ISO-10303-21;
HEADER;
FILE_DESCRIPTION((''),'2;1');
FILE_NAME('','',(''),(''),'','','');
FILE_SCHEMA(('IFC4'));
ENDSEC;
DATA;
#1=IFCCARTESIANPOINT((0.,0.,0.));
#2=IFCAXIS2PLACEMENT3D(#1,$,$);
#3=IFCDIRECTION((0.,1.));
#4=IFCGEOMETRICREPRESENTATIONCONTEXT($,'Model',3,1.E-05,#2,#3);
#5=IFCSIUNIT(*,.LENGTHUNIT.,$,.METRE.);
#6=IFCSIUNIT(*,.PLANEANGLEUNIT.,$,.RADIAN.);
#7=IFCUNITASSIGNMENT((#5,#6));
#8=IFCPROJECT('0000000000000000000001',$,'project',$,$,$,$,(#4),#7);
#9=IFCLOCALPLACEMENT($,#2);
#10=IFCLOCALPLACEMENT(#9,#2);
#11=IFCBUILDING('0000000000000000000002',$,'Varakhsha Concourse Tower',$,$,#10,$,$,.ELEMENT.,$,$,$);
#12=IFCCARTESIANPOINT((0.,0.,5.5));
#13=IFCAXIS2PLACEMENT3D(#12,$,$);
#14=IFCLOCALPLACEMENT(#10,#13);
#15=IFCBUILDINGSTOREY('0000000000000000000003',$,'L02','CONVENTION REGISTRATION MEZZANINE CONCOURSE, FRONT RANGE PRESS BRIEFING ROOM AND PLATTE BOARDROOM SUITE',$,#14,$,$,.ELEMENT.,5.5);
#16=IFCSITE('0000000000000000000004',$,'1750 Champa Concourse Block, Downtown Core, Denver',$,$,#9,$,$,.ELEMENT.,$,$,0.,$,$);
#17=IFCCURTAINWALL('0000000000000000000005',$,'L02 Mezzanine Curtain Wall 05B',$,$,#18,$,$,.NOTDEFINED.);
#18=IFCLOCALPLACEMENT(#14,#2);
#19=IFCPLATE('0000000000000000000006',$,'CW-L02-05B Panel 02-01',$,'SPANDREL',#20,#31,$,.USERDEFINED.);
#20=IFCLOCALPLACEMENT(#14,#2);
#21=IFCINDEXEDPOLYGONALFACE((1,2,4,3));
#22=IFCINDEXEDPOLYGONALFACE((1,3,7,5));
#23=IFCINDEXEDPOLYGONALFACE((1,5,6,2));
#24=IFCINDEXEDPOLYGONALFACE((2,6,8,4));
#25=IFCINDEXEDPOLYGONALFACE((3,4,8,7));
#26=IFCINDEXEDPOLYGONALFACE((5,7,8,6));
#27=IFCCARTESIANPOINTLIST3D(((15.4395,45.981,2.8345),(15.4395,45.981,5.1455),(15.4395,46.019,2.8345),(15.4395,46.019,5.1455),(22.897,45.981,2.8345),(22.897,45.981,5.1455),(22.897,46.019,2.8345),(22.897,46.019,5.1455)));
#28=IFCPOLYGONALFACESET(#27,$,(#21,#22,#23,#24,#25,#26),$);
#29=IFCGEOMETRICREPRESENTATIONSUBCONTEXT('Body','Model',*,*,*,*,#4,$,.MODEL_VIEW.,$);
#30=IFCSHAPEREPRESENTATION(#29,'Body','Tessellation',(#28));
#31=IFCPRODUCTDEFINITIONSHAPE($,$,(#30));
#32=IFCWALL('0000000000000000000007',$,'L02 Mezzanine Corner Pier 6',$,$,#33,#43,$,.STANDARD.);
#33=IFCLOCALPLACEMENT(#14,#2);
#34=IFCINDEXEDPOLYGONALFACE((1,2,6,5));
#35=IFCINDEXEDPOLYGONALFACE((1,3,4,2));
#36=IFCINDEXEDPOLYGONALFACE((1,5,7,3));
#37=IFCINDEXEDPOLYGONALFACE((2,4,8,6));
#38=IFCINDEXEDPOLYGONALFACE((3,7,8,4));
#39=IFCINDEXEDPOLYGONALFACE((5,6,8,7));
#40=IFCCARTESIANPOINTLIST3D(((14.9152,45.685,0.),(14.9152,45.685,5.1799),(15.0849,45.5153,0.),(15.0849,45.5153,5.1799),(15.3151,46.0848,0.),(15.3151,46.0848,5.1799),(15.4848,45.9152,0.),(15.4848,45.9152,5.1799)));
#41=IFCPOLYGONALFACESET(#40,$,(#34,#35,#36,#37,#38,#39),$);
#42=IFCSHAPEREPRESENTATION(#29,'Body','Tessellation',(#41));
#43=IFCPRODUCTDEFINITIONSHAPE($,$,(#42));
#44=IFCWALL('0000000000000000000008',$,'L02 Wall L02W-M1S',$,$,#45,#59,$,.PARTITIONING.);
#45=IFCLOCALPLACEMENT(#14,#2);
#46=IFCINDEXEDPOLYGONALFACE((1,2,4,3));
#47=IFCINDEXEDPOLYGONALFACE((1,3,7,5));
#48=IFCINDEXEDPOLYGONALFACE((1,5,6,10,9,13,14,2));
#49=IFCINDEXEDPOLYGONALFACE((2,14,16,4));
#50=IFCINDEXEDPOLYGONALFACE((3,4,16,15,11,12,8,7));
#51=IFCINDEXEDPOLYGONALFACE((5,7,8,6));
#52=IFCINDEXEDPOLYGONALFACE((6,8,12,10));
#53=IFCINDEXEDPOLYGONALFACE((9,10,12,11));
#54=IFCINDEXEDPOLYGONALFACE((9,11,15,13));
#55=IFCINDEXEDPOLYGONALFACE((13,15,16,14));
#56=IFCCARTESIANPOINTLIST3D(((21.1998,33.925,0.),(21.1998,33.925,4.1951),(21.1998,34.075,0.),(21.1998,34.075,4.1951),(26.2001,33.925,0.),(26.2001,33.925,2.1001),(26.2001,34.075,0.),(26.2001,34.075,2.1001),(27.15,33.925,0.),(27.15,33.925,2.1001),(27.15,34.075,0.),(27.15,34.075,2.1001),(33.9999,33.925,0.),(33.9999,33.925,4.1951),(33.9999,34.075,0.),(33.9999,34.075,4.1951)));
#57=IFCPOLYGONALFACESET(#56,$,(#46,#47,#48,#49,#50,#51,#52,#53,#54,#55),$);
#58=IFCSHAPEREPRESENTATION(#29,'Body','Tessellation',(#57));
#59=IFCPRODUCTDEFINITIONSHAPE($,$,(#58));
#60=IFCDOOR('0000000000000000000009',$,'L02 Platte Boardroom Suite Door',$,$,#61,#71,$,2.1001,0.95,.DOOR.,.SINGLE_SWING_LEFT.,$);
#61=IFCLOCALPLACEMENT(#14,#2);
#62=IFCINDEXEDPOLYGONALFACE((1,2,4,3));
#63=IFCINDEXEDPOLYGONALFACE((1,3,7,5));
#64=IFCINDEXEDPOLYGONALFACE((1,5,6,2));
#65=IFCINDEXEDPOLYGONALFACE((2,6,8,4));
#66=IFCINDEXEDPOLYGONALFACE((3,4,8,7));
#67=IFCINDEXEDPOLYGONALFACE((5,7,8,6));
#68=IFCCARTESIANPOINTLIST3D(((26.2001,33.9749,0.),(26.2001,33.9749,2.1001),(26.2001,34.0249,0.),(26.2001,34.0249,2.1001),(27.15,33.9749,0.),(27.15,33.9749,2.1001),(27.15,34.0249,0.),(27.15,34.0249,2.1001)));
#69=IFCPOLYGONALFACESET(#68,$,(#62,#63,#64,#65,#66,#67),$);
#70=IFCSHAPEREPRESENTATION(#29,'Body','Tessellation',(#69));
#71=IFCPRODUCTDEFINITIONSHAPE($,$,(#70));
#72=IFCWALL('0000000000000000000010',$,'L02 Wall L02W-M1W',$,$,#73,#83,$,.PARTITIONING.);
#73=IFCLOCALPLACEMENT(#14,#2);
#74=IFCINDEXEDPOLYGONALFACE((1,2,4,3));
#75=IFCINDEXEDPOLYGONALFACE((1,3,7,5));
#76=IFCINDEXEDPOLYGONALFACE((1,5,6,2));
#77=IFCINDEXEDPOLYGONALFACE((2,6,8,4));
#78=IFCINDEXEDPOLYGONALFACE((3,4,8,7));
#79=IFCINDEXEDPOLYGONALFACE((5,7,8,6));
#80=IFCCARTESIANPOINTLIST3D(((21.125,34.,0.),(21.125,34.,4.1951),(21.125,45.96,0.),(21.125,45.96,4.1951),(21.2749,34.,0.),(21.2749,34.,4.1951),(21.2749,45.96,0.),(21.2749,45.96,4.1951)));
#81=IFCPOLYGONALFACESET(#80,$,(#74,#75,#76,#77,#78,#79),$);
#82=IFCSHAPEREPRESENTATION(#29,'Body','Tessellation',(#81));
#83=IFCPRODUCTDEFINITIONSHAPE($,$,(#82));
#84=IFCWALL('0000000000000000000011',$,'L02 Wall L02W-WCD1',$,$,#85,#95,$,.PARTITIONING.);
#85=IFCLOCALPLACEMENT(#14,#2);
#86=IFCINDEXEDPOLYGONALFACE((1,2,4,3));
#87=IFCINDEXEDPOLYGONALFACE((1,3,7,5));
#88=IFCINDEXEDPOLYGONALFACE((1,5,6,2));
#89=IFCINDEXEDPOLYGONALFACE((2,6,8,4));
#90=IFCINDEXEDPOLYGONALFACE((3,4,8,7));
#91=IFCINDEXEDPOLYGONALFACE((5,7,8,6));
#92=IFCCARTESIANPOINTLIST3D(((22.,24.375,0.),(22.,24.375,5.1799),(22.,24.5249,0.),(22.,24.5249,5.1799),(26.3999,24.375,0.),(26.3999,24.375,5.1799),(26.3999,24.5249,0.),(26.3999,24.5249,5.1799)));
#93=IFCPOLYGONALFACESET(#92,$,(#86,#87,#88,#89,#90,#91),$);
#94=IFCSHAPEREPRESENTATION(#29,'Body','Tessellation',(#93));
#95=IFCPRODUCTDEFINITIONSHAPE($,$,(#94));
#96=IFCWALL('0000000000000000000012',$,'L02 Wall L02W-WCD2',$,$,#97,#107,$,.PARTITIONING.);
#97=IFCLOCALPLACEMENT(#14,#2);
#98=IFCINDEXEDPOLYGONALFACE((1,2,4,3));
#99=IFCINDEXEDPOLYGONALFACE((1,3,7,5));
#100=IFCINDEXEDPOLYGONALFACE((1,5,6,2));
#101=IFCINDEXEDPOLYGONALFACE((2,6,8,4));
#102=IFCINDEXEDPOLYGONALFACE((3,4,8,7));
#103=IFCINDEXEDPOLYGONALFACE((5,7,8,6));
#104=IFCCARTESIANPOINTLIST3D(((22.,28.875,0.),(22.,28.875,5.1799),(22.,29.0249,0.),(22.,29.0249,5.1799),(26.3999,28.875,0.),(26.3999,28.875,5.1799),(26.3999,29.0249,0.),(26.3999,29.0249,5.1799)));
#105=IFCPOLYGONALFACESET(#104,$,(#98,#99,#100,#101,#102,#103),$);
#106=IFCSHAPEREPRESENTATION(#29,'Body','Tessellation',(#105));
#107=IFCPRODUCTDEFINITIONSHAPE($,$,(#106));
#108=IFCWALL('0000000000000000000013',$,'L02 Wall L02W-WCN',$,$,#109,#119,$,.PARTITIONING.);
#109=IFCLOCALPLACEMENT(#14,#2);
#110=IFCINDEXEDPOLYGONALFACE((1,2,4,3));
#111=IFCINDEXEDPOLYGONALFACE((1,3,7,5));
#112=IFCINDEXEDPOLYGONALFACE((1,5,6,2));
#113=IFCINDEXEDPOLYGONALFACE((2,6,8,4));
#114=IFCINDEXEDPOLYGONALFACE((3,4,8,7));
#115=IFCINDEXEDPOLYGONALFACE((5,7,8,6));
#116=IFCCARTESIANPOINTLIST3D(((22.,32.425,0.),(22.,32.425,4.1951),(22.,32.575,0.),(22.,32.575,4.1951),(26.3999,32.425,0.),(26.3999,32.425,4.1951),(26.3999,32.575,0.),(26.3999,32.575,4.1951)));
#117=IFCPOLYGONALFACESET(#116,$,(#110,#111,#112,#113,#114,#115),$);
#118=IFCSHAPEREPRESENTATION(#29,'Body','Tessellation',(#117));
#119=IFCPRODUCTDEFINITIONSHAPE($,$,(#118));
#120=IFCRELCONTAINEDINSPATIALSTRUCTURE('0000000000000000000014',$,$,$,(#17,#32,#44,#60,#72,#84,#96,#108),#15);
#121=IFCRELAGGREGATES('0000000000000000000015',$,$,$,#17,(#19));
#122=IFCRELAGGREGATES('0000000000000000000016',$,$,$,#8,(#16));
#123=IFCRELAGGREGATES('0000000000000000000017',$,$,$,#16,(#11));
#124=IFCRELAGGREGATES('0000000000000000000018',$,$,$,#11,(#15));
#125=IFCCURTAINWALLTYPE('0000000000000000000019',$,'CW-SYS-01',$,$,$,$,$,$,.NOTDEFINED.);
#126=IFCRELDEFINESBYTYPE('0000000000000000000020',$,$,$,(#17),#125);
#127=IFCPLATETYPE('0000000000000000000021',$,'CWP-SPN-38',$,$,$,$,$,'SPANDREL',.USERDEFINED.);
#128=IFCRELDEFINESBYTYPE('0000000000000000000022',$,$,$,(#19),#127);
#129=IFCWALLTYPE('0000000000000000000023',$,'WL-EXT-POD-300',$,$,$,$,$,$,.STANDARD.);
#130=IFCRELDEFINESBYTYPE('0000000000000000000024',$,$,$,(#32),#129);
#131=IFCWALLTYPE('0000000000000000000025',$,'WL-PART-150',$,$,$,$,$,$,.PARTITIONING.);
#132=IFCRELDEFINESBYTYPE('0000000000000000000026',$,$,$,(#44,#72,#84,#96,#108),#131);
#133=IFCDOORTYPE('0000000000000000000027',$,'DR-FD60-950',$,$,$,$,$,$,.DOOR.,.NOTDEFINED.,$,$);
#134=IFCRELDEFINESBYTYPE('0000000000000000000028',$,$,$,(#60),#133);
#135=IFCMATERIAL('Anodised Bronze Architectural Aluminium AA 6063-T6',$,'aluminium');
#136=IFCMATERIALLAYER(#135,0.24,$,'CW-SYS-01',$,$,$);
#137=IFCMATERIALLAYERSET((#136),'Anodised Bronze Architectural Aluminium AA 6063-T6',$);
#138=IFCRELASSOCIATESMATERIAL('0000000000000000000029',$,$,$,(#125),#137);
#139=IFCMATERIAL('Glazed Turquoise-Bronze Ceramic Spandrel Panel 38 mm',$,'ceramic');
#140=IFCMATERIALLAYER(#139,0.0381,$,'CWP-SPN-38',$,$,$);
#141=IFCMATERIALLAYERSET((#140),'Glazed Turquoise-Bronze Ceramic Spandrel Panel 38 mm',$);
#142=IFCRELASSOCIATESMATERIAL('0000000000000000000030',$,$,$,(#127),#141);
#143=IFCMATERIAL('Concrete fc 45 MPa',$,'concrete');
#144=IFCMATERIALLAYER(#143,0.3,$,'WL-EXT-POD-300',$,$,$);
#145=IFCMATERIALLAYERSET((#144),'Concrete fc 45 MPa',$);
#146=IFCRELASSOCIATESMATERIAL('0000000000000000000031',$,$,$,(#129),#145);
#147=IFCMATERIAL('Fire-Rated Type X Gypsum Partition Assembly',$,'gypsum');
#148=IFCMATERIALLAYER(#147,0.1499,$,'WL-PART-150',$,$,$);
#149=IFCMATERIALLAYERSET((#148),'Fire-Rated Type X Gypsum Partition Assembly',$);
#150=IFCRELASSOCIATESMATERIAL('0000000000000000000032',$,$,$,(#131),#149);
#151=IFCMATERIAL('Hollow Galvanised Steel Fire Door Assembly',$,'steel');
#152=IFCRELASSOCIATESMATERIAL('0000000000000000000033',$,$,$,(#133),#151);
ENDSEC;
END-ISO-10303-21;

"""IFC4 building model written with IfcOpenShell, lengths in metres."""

from ifc_helpers import new_model, si_unit, direction, frame, frame_2d, origin, origin_2d, place, context, subcontext, project, spatial, rectangle, extrude, source, transform, mapped, material, layer, layer_set, type_object, element, fill, aggregate, save


model = new_model("IFC4")

# Units and contexts
model_context = context("Model", 3, precision=1e-05, world=origin(), true_north=direction((0.0, 1.0)))
body_context = subcontext(model_context, "Body", "Model", "MODEL_VIEW")
ifc_project = project(units=[si_unit("LENGTHUNIT", "METRE"), si_unit("PLANEANGLEUNIT", "RADIAN")], contexts=[model_context])

# Site, building, storey
site_placement = place(None, origin())
site = spatial("IfcSite", under=ifc_project, at=site_placement, Name="1750 Champa Concourse Block, Downtown Core, Denver", CompositionType="ELEMENT", RefElevation=0.0)
building_placement = place(site_placement, origin())
building = spatial("IfcBuilding", under=site, at=building_placement, Name="Varakhsha Concourse Tower", CompositionType="ELEMENT")
storey_placement = place(building_placement, frame((0.0, 0.0, 5.5)))
storey = spatial("IfcBuildingStorey", under=building, at=storey_placement, Name="L02", Description="CONVENTION REGISTRATION MEZZANINE CONCOURSE, FRONT RANGE PRESS BRIEFING ROOM AND PLATTE BOARDROOM SUITE", CompositionType="ELEMENT", Elevation=5.5)

# Curtain wall
ifc_material_1 = material(Name="Anodised Bronze Architectural Aluminium AA 6063-T6", Category="aluminium")
ifc_layer_1 = layer(ifc_material_1, 0.24, Name="CW-SYS-01")
ifc_layer_set_1 = layer_set([ifc_layer_1], Name="Anodised Bronze Architectural Aluminium AA 6063-T6")
curtain_wall_type = type_object("IfcCurtainWallType", Name="CW-SYS-01", PredefinedType="NOTDEFINED", material=ifc_layer_set_1)
curtain_wall_1_placement = place(storey_placement, origin())
curtain_wall_1 = element("IfcCurtainWall", 1, at=curtain_wall_1_placement, inside=storey, type_object=curtain_wall_type, Name="L02 Mezzanine Curtain Wall 05B", PredefinedType="NOTDEFINED")

# Shared definitions
ifc_material_2 = material(Name="Glazed Turquoise-Bronze Ceramic Spandrel Panel 38 mm", Category="ceramic")
ifc_layer_2 = layer(ifc_material_2, 0.0381, Name="CWP-SPN-38")
ifc_layer_set_2 = layer_set([ifc_layer_2], Name="Glazed Turquoise-Bronze Ceramic Spandrel Panel 38 mm")
plate_type_1 = type_object("IfcPlateType", Name="CWP-SPN-38", ElementType="SPANDREL", PredefinedType="USERDEFINED", material=ifc_layer_set_2)

# Plate
shared_shape_1 = source(origin(), body_context, "Body", "SweptSolid", [
    extrude(rectangle(XDim=7.4575, YDim=0.0381, at=origin_2d()), origin(), (0.0, 0.0, 1.0), 2.311),
])
plate_1_placement = place(storey_placement, frame((19.1682, 46.0, 2.8345), z_axis=(0.0, 0.0, 1.0), x_axis=(-1.0, 0.0, 0.0)))
plate_1 = element("IfcPlate", 2, at=plate_1_placement, type_object=plate_type_1, Name="CW-L02-05B Panel 02-01", ObjectType="SPANDREL", PredefinedType="USERDEFINED", context=body_context, shape_type="MappedRepresentation", body=[
    mapped(shared_shape_1, transform((0.0, 0.0, 0.0), scale=1.0)),
])
aggregate(curtain_wall_1, [plate_1])

# Wall
ifc_material_3 = material(Name="Concrete fc 45 MPa", Category="concrete")
ifc_layer_3 = layer(ifc_material_3, 0.3, Name="WL-EXT-POD-300")
ifc_layer_set_3 = layer_set([ifc_layer_3], Name="Concrete fc 45 MPa")
wall_type_1 = type_object("IfcWallType", Name="WL-EXT-POD-300", PredefinedType="STANDARD", material=ifc_layer_set_3)
wall_1_placement = place(storey_placement, frame((15.3999, 46.0, 0.0), z_axis=(0.0, 0.0, 1.0), x_axis=(-0.707107, -0.707107, 0.0)))
element("IfcWall", 3, at=wall_1_placement, inside=storey, type_object=wall_type_1, Name="L02 Mezzanine Corner Pier 6", PredefinedType="STANDARD", context=body_context, shape_type="SweptSolid", body=[
    extrude(rectangle(XDim=0.5654, YDim=0.24, at=frame_2d((0.2827, 0.0))), origin(), (0.0, 0.0, 1.0), 5.1799),
])

# Wall, opening, door
ifc_material_4 = material(Name="Fire-Rated Type X Gypsum Partition Assembly", Category="gypsum")
ifc_layer_4 = layer(ifc_material_4, 0.1499, Name="WL-PART-150")
ifc_layer_set_4 = layer_set([ifc_layer_4], Name="Fire-Rated Type X Gypsum Partition Assembly")
wall_type_2 = type_object("IfcWallType", Name="WL-PART-150", PredefinedType="PARTITIONING", material=ifc_layer_set_4)
wall_2_placement = place(storey_placement, frame((21.2, 34.0, 0.0), z_axis=(0.0, 0.0, 1.0), x_axis=(1.0, 0.0, 0.0)))
wall_2 = element("IfcWall", 4, at=wall_2_placement, inside=storey, type_object=wall_type_2, Name="L02 Wall L02W-M1S", PredefinedType="PARTITIONING", context=body_context, shape_type="SweptSolid", body=[
    extrude(rectangle(XDim=12.8, YDim=0.1499, at=frame_2d((6.3999, 0.0))), origin(), (0.0, 0.0, 1.0), 4.1951),
])
opening_placement = place(wall_2_placement, frame((5.0, 0.0, 0.0)))
opening = element("IfcOpeningElement", 5, at=opening_placement, cuts=wall_2, PredefinedType="OPENING", context=body_context, shape_type="SweptSolid", body=[
    extrude(rectangle(XDim=0.95, YDim=2.1001, at=frame_2d((0.4751, 1.05))), frame((0.0, 0.085, 0.0), z_axis=(0.0, -1.0, 0.0), x_axis=(1.0, 0.0, 0.0)), (0.0, 0.0, 1.0), 0.1699),
])
ifc_material_5 = material(Name="Hollow Galvanised Steel Fire Door Assembly", Category="steel")
door_type = type_object("IfcDoorType", Name="DR-FD60-950", OperationType="NOTDEFINED", PredefinedType="DOOR", material=ifc_material_5)
door_placement = place(opening_placement, origin())
door = element("IfcDoor", 6, at=door_placement, inside=storey, type_object=door_type, Name="L02 Platte Boardroom Suite Door", OperationType="SINGLE_SWING_LEFT", OverallHeight=2.1001, OverallWidth=0.95, PredefinedType="DOOR", context=body_context, shape_type="SweptSolid", body=[
    extrude(rectangle(XDim=0.95, YDim=2.1001, at=frame_2d((0.4751, 1.05))), frame((0.0, 0.0249, 0.0), z_axis=(0.0, -1.0, 0.0), x_axis=(1.0, 0.0, 0.0)), (0.0, 0.0, 1.0), 0.05),
])
fill(opening, door)

# Walls
wall_3_placement = place(storey_placement, frame((21.2, 34.0, 0.0), z_axis=(0.0, 0.0, 1.0), x_axis=(0.0, 1.0, 0.0)))
element("IfcWall", 7, at=wall_3_placement, inside=storey, type_object=wall_type_2, Name="L02 Wall L02W-M1W", PredefinedType="PARTITIONING", context=body_context, shape_type="SweptSolid", body=[
    extrude(rectangle(XDim=11.96, YDim=0.1499, at=frame_2d((5.98, 0.0))), origin(), (0.0, 0.0, 1.0), 4.1951),
])
for number, where, z_axis, x_axis, name in (
    (8, (22.0, 24.45, 0.0), (0.0, 0.0, 1.0), (1.0, 0.0, 0.0), "L02 Wall L02W-WCD1"),
    (9, (22.0, 28.95, 0.0), (0.0, 0.0, 1.0), (1.0, 0.0, 0.0), "L02 Wall L02W-WCD2"),
):
    element("IfcWall", number, at=place(storey_placement, frame(where, z_axis=z_axis, x_axis=x_axis)), inside=storey, type_object=wall_type_2, Name=name, PredefinedType="PARTITIONING", context=body_context, shape_type="SweptSolid", body=[
        extrude(rectangle(XDim=4.3999, YDim=0.1499, at=frame_2d((2.2, 0.0))), origin(), (0.0, 0.0, 1.0), 5.1799),
    ])
wall_4_placement = place(storey_placement, frame((22.0, 32.5, 0.0), z_axis=(0.0, 0.0, 1.0), x_axis=(1.0, 0.0, 0.0)))
element("IfcWall", 10, at=wall_4_placement, inside=storey, type_object=wall_type_2, Name="L02 Wall L02W-WCN", PredefinedType="PARTITIONING", context=body_context, shape_type="SweptSolid", body=[
    extrude(rectangle(XDim=4.3999, YDim=0.1499, at=frame_2d((2.2, 0.0))), origin(), (0.0, 0.0, 1.0), 4.1951),
])

save(model, "model.ifc")
